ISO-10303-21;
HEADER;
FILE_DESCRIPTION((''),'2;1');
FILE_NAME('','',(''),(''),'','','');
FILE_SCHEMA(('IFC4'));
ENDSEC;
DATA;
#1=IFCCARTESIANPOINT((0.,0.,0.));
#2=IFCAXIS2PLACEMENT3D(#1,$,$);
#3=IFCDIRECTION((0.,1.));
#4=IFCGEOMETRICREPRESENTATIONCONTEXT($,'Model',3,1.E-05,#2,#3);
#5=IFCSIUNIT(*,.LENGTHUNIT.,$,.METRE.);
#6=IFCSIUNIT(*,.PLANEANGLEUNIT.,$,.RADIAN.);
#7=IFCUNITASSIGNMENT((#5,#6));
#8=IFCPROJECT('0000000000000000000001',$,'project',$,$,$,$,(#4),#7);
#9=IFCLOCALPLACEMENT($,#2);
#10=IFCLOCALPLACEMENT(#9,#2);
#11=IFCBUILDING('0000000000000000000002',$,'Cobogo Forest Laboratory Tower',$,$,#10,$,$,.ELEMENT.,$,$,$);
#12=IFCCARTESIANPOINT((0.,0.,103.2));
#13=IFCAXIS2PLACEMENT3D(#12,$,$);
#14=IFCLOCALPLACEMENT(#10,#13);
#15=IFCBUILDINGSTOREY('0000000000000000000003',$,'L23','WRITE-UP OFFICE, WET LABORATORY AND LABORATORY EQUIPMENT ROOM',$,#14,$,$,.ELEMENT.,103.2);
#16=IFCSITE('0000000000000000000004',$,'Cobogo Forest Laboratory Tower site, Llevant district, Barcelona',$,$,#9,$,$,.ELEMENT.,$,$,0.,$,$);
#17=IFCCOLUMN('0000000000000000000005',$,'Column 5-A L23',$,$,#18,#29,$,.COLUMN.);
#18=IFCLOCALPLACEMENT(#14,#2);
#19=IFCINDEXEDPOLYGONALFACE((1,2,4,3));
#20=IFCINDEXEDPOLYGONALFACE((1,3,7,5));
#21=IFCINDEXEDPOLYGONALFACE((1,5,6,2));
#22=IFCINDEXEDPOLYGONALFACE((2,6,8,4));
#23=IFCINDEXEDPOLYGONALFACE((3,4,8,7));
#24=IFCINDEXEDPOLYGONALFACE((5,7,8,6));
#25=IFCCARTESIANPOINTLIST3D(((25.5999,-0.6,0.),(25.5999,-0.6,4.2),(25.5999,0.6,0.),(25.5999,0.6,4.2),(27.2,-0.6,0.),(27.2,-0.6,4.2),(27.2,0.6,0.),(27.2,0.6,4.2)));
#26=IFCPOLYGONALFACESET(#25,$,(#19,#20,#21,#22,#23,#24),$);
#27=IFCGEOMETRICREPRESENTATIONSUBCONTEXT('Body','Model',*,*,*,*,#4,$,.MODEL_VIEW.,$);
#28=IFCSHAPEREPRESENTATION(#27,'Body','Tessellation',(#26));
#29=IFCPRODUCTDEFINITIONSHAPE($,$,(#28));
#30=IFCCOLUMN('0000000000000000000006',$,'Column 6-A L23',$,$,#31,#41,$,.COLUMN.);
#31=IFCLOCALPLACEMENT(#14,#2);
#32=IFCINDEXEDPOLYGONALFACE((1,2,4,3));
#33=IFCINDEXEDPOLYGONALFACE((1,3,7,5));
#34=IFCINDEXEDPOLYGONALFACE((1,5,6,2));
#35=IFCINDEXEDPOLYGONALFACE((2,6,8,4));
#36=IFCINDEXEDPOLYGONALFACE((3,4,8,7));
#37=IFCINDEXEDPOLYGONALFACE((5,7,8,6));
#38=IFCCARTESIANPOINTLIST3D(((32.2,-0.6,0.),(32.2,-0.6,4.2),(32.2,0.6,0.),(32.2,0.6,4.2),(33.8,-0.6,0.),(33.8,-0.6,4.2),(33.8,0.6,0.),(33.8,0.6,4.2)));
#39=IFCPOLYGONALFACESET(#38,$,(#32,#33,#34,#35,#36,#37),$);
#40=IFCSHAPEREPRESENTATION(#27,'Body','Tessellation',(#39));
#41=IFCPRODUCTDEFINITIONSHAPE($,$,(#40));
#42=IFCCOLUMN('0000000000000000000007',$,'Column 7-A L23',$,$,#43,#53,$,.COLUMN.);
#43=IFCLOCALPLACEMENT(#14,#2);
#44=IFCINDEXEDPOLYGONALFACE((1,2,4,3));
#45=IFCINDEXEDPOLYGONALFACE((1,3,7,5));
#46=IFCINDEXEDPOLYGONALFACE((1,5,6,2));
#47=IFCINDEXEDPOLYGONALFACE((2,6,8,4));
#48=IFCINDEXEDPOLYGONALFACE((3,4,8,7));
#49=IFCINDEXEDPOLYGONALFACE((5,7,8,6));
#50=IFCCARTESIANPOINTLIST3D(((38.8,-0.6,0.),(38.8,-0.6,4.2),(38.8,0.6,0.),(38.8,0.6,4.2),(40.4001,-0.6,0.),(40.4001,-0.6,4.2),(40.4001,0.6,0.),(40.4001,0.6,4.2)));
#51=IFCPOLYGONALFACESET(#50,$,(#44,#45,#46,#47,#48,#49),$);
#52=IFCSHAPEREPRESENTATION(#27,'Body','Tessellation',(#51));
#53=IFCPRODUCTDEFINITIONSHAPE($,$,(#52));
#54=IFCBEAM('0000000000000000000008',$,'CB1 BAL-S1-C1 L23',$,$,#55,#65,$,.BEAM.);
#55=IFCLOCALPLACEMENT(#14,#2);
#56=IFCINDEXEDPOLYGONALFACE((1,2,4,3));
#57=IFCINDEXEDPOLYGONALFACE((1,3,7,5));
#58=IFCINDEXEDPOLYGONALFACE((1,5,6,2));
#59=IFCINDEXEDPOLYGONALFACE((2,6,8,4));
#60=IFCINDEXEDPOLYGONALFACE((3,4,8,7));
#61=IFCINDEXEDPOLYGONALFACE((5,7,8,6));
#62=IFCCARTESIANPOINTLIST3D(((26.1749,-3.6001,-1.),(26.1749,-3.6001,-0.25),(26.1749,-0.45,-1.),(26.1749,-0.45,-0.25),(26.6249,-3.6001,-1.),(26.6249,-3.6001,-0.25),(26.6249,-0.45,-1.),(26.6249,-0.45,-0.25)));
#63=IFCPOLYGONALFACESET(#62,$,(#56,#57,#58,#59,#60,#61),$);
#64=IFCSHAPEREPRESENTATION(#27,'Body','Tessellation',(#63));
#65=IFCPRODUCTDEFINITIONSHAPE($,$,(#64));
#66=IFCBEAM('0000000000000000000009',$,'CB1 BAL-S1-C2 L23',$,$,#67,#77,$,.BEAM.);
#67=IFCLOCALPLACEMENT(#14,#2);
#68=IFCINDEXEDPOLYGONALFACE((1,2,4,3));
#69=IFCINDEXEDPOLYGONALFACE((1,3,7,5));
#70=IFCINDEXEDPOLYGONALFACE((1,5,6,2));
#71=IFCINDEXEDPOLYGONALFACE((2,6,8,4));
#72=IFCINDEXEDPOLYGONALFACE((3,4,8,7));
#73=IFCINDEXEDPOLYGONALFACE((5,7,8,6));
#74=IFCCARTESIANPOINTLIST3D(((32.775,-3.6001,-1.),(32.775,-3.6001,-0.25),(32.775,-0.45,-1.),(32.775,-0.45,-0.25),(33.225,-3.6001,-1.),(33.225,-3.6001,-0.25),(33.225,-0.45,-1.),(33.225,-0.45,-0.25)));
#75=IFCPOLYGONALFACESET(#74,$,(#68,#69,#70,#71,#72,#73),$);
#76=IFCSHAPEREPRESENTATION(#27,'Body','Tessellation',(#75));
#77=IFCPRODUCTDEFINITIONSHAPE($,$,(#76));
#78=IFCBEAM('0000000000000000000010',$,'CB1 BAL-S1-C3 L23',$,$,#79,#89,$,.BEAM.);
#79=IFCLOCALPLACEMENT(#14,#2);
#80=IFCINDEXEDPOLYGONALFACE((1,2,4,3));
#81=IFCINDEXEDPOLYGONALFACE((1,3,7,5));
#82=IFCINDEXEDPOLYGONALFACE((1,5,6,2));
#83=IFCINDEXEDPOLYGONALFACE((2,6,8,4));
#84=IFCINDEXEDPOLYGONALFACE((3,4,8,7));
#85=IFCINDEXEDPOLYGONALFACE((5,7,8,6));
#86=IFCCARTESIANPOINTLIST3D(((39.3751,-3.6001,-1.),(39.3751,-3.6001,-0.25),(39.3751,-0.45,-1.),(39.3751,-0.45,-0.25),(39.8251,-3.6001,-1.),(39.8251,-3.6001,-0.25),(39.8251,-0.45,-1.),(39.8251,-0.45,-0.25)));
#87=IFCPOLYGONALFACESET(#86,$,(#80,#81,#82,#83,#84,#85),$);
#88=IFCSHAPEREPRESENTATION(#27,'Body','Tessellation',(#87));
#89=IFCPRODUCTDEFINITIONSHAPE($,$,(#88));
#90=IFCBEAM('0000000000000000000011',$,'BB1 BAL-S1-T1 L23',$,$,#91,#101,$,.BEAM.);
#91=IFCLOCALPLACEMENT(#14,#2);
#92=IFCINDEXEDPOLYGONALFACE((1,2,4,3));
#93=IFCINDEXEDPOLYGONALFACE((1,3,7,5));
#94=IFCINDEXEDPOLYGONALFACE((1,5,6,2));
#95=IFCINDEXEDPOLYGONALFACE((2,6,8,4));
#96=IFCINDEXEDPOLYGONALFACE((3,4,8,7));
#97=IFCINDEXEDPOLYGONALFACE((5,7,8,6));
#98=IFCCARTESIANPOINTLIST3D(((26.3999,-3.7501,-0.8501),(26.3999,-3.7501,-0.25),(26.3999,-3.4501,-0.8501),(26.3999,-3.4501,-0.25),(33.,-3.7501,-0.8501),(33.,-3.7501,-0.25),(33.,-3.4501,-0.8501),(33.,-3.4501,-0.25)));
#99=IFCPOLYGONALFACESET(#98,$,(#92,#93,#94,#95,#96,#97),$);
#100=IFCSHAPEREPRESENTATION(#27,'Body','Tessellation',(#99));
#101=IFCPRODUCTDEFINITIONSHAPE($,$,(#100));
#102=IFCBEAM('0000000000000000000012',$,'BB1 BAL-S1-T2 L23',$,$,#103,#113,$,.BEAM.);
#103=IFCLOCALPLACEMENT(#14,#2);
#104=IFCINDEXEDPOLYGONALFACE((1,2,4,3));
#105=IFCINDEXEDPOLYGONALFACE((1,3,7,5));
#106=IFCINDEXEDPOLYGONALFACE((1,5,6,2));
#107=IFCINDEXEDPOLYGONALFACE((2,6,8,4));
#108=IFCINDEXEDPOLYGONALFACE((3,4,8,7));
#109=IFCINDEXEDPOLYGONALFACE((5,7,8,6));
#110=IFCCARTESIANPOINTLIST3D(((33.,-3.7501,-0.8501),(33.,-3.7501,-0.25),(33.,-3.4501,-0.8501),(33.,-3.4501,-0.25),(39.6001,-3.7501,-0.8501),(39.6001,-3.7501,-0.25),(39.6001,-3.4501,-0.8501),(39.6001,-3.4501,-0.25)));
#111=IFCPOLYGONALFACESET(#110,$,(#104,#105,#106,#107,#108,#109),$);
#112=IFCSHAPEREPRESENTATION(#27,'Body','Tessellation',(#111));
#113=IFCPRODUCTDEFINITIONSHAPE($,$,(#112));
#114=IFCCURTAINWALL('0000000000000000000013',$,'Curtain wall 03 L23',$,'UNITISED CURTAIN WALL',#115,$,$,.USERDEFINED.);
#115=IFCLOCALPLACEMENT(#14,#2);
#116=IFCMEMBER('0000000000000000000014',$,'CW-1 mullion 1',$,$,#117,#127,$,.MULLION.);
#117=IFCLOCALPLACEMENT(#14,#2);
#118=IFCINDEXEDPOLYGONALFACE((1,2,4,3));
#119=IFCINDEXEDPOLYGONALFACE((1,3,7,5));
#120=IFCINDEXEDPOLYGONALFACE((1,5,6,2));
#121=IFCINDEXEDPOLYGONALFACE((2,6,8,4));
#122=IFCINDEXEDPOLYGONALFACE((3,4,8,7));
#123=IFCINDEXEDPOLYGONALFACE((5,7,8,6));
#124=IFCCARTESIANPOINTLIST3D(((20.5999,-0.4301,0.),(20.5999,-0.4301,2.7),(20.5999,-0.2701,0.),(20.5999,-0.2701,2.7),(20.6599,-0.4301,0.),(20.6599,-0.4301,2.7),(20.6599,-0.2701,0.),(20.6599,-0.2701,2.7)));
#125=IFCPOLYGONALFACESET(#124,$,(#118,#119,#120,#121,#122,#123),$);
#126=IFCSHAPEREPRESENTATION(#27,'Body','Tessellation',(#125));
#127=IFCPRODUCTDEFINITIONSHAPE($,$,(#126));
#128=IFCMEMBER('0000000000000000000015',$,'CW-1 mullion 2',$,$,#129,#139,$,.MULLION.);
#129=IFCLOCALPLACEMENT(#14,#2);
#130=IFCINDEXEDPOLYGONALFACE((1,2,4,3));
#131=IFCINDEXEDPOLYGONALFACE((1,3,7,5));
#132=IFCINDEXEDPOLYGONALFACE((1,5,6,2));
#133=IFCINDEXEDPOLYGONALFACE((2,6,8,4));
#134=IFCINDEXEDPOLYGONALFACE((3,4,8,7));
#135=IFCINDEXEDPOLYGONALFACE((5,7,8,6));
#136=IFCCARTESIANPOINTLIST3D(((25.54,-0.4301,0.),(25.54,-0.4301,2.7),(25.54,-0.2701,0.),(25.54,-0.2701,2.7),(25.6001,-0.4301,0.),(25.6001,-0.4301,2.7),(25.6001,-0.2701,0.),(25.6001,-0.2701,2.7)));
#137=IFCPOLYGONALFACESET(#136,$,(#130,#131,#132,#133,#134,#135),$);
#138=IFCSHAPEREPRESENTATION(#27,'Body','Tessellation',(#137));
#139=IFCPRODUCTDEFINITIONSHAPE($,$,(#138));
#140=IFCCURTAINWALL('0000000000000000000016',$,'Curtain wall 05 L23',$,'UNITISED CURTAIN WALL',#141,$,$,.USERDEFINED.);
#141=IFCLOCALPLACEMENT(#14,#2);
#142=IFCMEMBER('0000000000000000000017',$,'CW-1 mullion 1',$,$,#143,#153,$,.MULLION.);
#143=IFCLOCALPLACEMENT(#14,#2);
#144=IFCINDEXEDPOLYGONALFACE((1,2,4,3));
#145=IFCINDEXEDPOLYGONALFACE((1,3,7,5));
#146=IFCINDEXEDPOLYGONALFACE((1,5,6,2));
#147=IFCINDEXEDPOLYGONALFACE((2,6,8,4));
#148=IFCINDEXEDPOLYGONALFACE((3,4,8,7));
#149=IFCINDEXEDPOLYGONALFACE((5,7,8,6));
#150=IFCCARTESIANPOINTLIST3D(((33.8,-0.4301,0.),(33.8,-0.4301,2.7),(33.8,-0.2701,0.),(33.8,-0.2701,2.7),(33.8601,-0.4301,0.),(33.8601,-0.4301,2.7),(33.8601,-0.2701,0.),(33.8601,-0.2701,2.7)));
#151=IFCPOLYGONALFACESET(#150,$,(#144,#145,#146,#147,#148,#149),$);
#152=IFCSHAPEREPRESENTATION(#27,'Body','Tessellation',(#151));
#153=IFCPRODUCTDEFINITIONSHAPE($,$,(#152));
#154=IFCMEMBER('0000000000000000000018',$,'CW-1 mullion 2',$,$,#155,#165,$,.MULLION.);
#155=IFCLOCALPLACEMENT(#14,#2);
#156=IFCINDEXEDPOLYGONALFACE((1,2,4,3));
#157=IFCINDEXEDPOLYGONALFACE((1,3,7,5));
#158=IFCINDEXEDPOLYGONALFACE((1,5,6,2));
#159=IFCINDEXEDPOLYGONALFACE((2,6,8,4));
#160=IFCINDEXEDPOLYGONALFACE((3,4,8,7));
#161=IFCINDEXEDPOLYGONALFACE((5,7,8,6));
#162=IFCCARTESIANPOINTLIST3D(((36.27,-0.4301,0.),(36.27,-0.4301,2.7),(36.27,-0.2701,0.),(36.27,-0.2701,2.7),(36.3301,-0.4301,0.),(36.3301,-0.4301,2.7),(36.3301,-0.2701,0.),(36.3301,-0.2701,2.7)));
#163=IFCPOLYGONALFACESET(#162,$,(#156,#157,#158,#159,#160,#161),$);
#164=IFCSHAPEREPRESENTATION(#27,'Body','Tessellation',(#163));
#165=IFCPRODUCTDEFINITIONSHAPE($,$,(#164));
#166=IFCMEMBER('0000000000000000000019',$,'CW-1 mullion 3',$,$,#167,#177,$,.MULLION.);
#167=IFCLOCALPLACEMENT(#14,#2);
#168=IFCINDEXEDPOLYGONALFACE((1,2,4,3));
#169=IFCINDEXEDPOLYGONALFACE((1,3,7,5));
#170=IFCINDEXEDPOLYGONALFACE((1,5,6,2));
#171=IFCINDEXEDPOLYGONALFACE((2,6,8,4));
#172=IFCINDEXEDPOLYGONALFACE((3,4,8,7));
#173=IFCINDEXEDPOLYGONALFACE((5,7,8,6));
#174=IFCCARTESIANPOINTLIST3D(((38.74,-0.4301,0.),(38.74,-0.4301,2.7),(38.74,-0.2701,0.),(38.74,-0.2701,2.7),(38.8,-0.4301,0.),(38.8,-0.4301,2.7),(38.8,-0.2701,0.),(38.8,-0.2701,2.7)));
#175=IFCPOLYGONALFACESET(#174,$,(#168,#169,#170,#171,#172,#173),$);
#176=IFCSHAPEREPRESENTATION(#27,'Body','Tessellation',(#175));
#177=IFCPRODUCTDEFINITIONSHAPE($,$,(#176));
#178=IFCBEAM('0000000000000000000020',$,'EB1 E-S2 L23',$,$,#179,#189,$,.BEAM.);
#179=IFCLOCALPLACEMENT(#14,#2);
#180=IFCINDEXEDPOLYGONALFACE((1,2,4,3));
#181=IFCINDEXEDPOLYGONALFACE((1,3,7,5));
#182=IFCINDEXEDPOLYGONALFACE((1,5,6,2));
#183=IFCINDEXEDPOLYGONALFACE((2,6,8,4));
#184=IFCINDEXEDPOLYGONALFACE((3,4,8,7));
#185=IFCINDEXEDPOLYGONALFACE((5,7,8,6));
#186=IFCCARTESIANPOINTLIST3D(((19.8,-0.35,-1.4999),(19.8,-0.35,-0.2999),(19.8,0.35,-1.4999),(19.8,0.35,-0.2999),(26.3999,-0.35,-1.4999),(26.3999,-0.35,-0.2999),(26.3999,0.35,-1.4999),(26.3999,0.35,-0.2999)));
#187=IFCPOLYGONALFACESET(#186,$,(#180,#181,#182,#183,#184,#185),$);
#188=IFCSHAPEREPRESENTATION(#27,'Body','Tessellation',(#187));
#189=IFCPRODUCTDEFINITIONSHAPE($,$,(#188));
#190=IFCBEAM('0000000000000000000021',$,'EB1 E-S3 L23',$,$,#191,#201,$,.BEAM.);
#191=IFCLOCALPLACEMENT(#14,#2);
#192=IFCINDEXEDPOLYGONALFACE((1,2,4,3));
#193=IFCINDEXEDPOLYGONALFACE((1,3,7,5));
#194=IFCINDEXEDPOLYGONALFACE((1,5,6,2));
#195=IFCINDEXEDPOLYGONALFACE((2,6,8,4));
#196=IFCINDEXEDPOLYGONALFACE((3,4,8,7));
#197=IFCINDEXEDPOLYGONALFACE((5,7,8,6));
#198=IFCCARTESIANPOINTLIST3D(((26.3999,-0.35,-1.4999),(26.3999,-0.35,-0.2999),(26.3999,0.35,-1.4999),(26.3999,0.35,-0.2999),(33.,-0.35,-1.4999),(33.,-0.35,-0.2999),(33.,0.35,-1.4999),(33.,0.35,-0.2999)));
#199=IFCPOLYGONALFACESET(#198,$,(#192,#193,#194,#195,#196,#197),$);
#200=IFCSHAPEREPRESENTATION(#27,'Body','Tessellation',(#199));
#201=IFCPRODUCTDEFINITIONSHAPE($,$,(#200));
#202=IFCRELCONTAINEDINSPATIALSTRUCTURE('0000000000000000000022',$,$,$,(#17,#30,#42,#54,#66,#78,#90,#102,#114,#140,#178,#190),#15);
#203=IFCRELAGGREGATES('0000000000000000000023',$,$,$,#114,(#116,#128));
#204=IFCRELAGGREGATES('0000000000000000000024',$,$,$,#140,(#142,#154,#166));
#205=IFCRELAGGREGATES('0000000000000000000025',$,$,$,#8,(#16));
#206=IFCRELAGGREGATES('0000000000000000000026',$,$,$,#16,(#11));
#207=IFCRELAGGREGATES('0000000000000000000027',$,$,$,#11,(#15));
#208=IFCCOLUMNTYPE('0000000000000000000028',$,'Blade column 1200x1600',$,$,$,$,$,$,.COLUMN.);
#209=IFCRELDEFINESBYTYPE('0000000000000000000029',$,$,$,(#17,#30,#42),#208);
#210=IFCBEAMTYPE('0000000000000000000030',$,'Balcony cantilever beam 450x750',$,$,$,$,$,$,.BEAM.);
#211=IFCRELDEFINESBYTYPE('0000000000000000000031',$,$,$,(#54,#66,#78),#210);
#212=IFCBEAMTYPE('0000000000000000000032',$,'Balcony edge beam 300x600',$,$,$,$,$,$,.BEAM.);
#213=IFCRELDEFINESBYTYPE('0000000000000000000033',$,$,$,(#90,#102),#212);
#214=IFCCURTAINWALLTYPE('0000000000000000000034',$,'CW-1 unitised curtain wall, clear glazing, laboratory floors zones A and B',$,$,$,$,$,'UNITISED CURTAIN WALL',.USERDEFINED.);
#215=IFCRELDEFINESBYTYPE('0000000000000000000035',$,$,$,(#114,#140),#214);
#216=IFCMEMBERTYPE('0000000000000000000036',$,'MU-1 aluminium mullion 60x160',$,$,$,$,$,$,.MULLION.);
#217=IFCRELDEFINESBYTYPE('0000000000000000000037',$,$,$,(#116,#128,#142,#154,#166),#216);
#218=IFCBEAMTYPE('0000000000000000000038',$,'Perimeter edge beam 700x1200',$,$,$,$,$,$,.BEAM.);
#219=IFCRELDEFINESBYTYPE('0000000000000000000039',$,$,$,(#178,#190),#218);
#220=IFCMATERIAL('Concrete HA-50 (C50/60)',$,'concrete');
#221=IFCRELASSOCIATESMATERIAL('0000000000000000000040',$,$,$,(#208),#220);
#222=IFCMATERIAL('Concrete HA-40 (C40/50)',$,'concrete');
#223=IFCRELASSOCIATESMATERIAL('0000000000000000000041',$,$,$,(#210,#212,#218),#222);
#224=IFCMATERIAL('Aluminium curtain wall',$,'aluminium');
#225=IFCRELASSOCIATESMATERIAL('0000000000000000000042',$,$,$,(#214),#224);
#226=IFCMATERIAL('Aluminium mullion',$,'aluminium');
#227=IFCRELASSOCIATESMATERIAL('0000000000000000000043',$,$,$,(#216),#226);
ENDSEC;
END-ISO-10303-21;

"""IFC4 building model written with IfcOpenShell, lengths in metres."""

from ifc_helpers import new_model, si_unit, direction, frame, origin, origin_2d, place, context, subcontext, project, spatial, rectangle, extrude, material, material_profile, profile_set, type_object, element, aggregate, save


model = new_model("IFC4")

# Units and contexts
model_context = context("Model", 3, precision=1e-05, world=origin(), true_north=direction((0.0, 1.0)))
body_context = subcontext(model_context, "Body", "Model", "MODEL_VIEW")
ifc_project = project(units=[si_unit("LENGTHUNIT", "METRE"), si_unit("PLANEANGLEUNIT", "RADIAN")], contexts=[model_context])

# Site, building, storey
site_placement = place(None, origin())
site = spatial("IfcSite", under=ifc_project, at=site_placement, Name="Cobogo Forest Laboratory Tower site, Llevant district, Barcelona", CompositionType="ELEMENT", RefElevation=0.0)
building_placement = place(site_placement, origin())
building = spatial("IfcBuilding", under=site, at=building_placement, Name="Cobogo Forest Laboratory Tower", CompositionType="ELEMENT")
storey_placement = place(building_placement, frame((0.0, 0.0, 103.2)))
storey = spatial("IfcBuildingStorey", under=building, at=storey_placement, Name="L23", Description="WRITE-UP OFFICE, WET LABORATORY AND LABORATORY EQUIPMENT ROOM", CompositionType="ELEMENT", Elevation=103.2)

# Columns
ifc_material_1 = material(Name="Concrete HA-50 (C50/60)", Category="concrete")
ifc_material_profile_1 = material_profile(ifc_material_1, rectangle(XDim=1.6001, YDim=1.2, at=origin_2d()), Name="RC 1200x1600")
ifc_profile_set_1 = profile_set([ifc_material_profile_1], Name="Concrete HA-50 (C50/60)")
column_type = type_object("IfcColumnType", Name="Blade column 1200x1600", PredefinedType="COLUMN", material=ifc_profile_set_1)
for number, where, z_axis, x_axis, name in (
    (1, (26.3999, 0.0, 0.0), (0.0, 0.0, 1.0), (1.0, 0.0, 0.0), "Column 5-A L23"),
    (2, (33.0, 0.0, 0.0), (0.0, 0.0, 1.0), (1.0, 0.0, 0.0), "Column 6-A L23"),
    (3, (39.6001, 0.0, 0.0), (0.0, 0.0, 1.0), (1.0, 0.0, 0.0), "Column 7-A L23"),
):
    element("IfcColumn", number, at=place(storey_placement, frame(where, z_axis=z_axis, x_axis=x_axis)), inside=storey, type_object=column_type, Name=name, PredefinedType="COLUMN", context=body_context, shape_type="SweptSolid", body=[
        extrude(rectangle(XDim=1.6001, YDim=1.2, at=origin_2d()), origin(), (0.0, 0.0, 1.0), 4.2),
    ])

# Beams
ifc_material_2 = material(Name="Concrete HA-40 (C40/50)", Category="concrete")
ifc_material_profile_2 = material_profile(ifc_material_2, rectangle(XDim=0.45, YDim=0.75, at=origin_2d()), Name="RC 450x750")
ifc_profile_set_2 = profile_set([ifc_material_profile_2], Name="Concrete HA-40 (C40/50)")
beam_type_1 = type_object("IfcBeamType", Name="Balcony cantilever beam 450x750", PredefinedType="BEAM", material=ifc_profile_set_2)
for number, where, z_axis, x_axis, name in (
    (4, (26.3999, -0.45, -0.625), (0.0, -1.0, 0.0), (1.0, 0.0, 0.0), "CB1 BAL-S1-C1 L23"),
    (5, (33.0, -0.45, -0.625), (0.0, -1.0, 0.0), (1.0, 0.0, 0.0), "CB1 BAL-S1-C2 L23"),
    (6, (39.6001, -0.45, -0.625), (0.0, -1.0, 0.0), (1.0, 0.0, 0.0), "CB1 BAL-S1-C3 L23"),
):
    element("IfcBeam", number, at=place(storey_placement, frame(where, z_axis=z_axis, x_axis=x_axis)), inside=storey, type_object=beam_type_1, Name=name, PredefinedType="BEAM", context=body_context, shape_type="SweptSolid", body=[
        extrude(rectangle(XDim=0.45, YDim=0.75, at=origin_2d()), origin(), (0.0, 0.0, 1.0), 3.1501),
    ])
ifc_material_profile_3 = material_profile(ifc_material_2, rectangle(XDim=0.3, YDim=0.6001, at=origin_2d()), Name="RC 300x600")
ifc_profile_set_3 = profile_set([ifc_material_profile_3], Name="Concrete HA-40 (C40/50)")
beam_type_2 = type_object("IfcBeamType", Name="Balcony edge beam 300x600", PredefinedType="BEAM", material=ifc_profile_set_3)
for number, where, z_axis, x_axis, name in (
    (7, (26.3999, -3.6001, -0.55), (1.0, 0.0, 0.0), (0.0, 1.0, 0.0), "BB1 BAL-S1-T1 L23"),
    (8, (33.0, -3.6001, -0.55), (1.0, 0.0, 0.0), (0.0, 1.0, 0.0), "BB1 BAL-S1-T2 L23"),
):
    element("IfcBeam", number, at=place(storey_placement, frame(where, z_axis=z_axis, x_axis=x_axis)), inside=storey, type_object=beam_type_2, Name=name, PredefinedType="BEAM", context=body_context, shape_type="SweptSolid", body=[
        extrude(rectangle(XDim=0.3, YDim=0.6001, at=origin_2d()), origin(), (0.0, 0.0, 1.0), 6.6001),
    ])

# Curtain walls, members
ifc_material_3 = material(Name="Aluminium curtain wall", Category="aluminium")
curtain_wall_type = type_object("IfcCurtainWallType", Name="CW-1 unitised curtain wall, clear glazing, laboratory floors zones A and B", ElementType="UNITISED CURTAIN WALL", PredefinedType="USERDEFINED", material=ifc_material_3)
curtain_wall_1_placement = place(storey_placement, origin())
curtain_wall_1 = element("IfcCurtainWall", 9, at=curtain_wall_1_placement, inside=storey, type_object=curtain_wall_type, Name="Curtain wall 03 L23", ObjectType="UNITISED CURTAIN WALL", PredefinedType="USERDEFINED")
ifc_material_4 = material(Name="Aluminium mullion", Category="aluminium")
ifc_material_profile_4 = material_profile(ifc_material_4, rectangle(XDim=0.0601, YDim=0.1599, at=origin_2d()), Name="AL 60x160")
ifc_profile_set_4 = profile_set([ifc_material_profile_4], Name="Aluminium mullion")
member_type_1 = type_object("IfcMemberType", Name="MU-1 aluminium mullion 60x160", PredefinedType="MULLION", material=ifc_profile_set_4)
member_1_placement = place(storey_placement, frame((20.6299, -0.3501, 0.0), z_axis=(0.0, 0.0, 1.0), x_axis=(1.0, 0.0, 0.0)))
member_1 = element("IfcMember", 10, at=member_1_placement, type_object=member_type_1, Name="CW-1 mullion 1", PredefinedType="MULLION", context=body_context, shape_type="SweptSolid", body=[
    extrude(rectangle(XDim=0.0601, YDim=0.1599, at=origin_2d()), origin(), (0.0, 0.0, 1.0), 2.7),
])
member_2_placement = place(storey_placement, frame((25.5701, -0.3501, 0.0), z_axis=(0.0, 0.0, 1.0), x_axis=(1.0, 0.0, 0.0)))
member_2 = element("IfcMember", 11, at=member_2_placement, type_object=member_type_1, Name="CW-1 mullion 2", PredefinedType="MULLION", context=body_context, shape_type="SweptSolid", body=[
    extrude(rectangle(XDim=0.0601, YDim=0.1599, at=origin_2d()), origin(), (0.0, 0.0, 1.0), 2.7),
])
curtain_wall_2_placement = place(storey_placement, origin())
curtain_wall_2 = element("IfcCurtainWall", 12, at=curtain_wall_2_placement, inside=storey, type_object=curtain_wall_type, Name="Curtain wall 05 L23", ObjectType="UNITISED CURTAIN WALL", PredefinedType="USERDEFINED")
member_3_placement = place(storey_placement, frame((33.8301, -0.3501, 0.0), z_axis=(0.0, 0.0, 1.0), x_axis=(1.0, 0.0, 0.0)))
member_3 = element("IfcMember", 13, at=member_3_placement, type_object=member_type_1, Name="CW-1 mullion 1", PredefinedType="MULLION", context=body_context, shape_type="SweptSolid", body=[
    extrude(rectangle(XDim=0.0601, YDim=0.1599, at=origin_2d()), origin(), (0.0, 0.0, 1.0), 2.7),
])
member_4_placement = place(storey_placement, frame((36.3, -0.3501, 0.0), z_axis=(0.0, 0.0, 1.0), x_axis=(1.0, 0.0, 0.0)))
member_4 = element("IfcMember", 14, at=member_4_placement, type_object=member_type_1, Name="CW-1 mullion 2", PredefinedType="MULLION", context=body_context, shape_type="SweptSolid", body=[
    extrude(rectangle(XDim=0.0601, YDim=0.1599, at=origin_2d()), origin(), (0.0, 0.0, 1.0), 2.7),
])
member_5_placement = place(storey_placement, frame((38.77, -0.3501, 0.0), z_axis=(0.0, 0.0, 1.0), x_axis=(1.0, 0.0, 0.0)))
member_5 = element("IfcMember", 15, at=member_5_placement, type_object=member_type_1, Name="CW-1 mullion 3", PredefinedType="MULLION", context=body_context, shape_type="SweptSolid", body=[
    extrude(rectangle(XDim=0.0601, YDim=0.1599, at=origin_2d()), origin(), (0.0, 0.0, 1.0), 2.7),
])

# Beams
ifc_material_profile_5 = material_profile(ifc_material_2, rectangle(XDim=0.7, YDim=1.2, at=origin_2d()), Name="RC 700x1200")
ifc_profile_set_5 = profile_set([ifc_material_profile_5], Name="Concrete HA-40 (C40/50)")
beam_type_3 = type_object("IfcBeamType", Name="Perimeter edge beam 700x1200", PredefinedType="BEAM", material=ifc_profile_set_5)
beam_placement = place(storey_placement, frame((19.8, 0.0, -0.8999), z_axis=(1.0, 0.0, 0.0), x_axis=(0.0, 1.0, 0.0)))
element("IfcBeam", 16, at=beam_placement, inside=storey, type_object=beam_type_3, Name="EB1 E-S2 L23", PredefinedType="BEAM", context=body_context, shape_type="SweptSolid", body=[
    extrude(rectangle(XDim=0.7, YDim=1.2, at=origin_2d()), origin(), (0.0, 0.0, 1.0), 6.5999),
])
for number, where, z_axis, x_axis, name in (
    (17, (26.3999, 0.0, -0.8999), (1.0, 0.0, 0.0), (0.0, 1.0, 0.0), "EB1 E-S3 L23"),
):
    element("IfcBeam", number, at=place(storey_placement, frame(where, z_axis=z_axis, x_axis=x_axis)), inside=storey, type_object=beam_type_3, Name=name, PredefinedType="BEAM", context=body_context, shape_type="SweptSolid", body=[
        extrude(rectangle(XDim=0.7, YDim=1.2, at=origin_2d()), origin(), (0.0, 0.0, 1.0), 6.6001),
    ])

aggregate(curtain_wall_1, [member_1, member_2])
aggregate(curtain_wall_2, [member_3, member_4, member_5])

save(model, "model.ifc")
